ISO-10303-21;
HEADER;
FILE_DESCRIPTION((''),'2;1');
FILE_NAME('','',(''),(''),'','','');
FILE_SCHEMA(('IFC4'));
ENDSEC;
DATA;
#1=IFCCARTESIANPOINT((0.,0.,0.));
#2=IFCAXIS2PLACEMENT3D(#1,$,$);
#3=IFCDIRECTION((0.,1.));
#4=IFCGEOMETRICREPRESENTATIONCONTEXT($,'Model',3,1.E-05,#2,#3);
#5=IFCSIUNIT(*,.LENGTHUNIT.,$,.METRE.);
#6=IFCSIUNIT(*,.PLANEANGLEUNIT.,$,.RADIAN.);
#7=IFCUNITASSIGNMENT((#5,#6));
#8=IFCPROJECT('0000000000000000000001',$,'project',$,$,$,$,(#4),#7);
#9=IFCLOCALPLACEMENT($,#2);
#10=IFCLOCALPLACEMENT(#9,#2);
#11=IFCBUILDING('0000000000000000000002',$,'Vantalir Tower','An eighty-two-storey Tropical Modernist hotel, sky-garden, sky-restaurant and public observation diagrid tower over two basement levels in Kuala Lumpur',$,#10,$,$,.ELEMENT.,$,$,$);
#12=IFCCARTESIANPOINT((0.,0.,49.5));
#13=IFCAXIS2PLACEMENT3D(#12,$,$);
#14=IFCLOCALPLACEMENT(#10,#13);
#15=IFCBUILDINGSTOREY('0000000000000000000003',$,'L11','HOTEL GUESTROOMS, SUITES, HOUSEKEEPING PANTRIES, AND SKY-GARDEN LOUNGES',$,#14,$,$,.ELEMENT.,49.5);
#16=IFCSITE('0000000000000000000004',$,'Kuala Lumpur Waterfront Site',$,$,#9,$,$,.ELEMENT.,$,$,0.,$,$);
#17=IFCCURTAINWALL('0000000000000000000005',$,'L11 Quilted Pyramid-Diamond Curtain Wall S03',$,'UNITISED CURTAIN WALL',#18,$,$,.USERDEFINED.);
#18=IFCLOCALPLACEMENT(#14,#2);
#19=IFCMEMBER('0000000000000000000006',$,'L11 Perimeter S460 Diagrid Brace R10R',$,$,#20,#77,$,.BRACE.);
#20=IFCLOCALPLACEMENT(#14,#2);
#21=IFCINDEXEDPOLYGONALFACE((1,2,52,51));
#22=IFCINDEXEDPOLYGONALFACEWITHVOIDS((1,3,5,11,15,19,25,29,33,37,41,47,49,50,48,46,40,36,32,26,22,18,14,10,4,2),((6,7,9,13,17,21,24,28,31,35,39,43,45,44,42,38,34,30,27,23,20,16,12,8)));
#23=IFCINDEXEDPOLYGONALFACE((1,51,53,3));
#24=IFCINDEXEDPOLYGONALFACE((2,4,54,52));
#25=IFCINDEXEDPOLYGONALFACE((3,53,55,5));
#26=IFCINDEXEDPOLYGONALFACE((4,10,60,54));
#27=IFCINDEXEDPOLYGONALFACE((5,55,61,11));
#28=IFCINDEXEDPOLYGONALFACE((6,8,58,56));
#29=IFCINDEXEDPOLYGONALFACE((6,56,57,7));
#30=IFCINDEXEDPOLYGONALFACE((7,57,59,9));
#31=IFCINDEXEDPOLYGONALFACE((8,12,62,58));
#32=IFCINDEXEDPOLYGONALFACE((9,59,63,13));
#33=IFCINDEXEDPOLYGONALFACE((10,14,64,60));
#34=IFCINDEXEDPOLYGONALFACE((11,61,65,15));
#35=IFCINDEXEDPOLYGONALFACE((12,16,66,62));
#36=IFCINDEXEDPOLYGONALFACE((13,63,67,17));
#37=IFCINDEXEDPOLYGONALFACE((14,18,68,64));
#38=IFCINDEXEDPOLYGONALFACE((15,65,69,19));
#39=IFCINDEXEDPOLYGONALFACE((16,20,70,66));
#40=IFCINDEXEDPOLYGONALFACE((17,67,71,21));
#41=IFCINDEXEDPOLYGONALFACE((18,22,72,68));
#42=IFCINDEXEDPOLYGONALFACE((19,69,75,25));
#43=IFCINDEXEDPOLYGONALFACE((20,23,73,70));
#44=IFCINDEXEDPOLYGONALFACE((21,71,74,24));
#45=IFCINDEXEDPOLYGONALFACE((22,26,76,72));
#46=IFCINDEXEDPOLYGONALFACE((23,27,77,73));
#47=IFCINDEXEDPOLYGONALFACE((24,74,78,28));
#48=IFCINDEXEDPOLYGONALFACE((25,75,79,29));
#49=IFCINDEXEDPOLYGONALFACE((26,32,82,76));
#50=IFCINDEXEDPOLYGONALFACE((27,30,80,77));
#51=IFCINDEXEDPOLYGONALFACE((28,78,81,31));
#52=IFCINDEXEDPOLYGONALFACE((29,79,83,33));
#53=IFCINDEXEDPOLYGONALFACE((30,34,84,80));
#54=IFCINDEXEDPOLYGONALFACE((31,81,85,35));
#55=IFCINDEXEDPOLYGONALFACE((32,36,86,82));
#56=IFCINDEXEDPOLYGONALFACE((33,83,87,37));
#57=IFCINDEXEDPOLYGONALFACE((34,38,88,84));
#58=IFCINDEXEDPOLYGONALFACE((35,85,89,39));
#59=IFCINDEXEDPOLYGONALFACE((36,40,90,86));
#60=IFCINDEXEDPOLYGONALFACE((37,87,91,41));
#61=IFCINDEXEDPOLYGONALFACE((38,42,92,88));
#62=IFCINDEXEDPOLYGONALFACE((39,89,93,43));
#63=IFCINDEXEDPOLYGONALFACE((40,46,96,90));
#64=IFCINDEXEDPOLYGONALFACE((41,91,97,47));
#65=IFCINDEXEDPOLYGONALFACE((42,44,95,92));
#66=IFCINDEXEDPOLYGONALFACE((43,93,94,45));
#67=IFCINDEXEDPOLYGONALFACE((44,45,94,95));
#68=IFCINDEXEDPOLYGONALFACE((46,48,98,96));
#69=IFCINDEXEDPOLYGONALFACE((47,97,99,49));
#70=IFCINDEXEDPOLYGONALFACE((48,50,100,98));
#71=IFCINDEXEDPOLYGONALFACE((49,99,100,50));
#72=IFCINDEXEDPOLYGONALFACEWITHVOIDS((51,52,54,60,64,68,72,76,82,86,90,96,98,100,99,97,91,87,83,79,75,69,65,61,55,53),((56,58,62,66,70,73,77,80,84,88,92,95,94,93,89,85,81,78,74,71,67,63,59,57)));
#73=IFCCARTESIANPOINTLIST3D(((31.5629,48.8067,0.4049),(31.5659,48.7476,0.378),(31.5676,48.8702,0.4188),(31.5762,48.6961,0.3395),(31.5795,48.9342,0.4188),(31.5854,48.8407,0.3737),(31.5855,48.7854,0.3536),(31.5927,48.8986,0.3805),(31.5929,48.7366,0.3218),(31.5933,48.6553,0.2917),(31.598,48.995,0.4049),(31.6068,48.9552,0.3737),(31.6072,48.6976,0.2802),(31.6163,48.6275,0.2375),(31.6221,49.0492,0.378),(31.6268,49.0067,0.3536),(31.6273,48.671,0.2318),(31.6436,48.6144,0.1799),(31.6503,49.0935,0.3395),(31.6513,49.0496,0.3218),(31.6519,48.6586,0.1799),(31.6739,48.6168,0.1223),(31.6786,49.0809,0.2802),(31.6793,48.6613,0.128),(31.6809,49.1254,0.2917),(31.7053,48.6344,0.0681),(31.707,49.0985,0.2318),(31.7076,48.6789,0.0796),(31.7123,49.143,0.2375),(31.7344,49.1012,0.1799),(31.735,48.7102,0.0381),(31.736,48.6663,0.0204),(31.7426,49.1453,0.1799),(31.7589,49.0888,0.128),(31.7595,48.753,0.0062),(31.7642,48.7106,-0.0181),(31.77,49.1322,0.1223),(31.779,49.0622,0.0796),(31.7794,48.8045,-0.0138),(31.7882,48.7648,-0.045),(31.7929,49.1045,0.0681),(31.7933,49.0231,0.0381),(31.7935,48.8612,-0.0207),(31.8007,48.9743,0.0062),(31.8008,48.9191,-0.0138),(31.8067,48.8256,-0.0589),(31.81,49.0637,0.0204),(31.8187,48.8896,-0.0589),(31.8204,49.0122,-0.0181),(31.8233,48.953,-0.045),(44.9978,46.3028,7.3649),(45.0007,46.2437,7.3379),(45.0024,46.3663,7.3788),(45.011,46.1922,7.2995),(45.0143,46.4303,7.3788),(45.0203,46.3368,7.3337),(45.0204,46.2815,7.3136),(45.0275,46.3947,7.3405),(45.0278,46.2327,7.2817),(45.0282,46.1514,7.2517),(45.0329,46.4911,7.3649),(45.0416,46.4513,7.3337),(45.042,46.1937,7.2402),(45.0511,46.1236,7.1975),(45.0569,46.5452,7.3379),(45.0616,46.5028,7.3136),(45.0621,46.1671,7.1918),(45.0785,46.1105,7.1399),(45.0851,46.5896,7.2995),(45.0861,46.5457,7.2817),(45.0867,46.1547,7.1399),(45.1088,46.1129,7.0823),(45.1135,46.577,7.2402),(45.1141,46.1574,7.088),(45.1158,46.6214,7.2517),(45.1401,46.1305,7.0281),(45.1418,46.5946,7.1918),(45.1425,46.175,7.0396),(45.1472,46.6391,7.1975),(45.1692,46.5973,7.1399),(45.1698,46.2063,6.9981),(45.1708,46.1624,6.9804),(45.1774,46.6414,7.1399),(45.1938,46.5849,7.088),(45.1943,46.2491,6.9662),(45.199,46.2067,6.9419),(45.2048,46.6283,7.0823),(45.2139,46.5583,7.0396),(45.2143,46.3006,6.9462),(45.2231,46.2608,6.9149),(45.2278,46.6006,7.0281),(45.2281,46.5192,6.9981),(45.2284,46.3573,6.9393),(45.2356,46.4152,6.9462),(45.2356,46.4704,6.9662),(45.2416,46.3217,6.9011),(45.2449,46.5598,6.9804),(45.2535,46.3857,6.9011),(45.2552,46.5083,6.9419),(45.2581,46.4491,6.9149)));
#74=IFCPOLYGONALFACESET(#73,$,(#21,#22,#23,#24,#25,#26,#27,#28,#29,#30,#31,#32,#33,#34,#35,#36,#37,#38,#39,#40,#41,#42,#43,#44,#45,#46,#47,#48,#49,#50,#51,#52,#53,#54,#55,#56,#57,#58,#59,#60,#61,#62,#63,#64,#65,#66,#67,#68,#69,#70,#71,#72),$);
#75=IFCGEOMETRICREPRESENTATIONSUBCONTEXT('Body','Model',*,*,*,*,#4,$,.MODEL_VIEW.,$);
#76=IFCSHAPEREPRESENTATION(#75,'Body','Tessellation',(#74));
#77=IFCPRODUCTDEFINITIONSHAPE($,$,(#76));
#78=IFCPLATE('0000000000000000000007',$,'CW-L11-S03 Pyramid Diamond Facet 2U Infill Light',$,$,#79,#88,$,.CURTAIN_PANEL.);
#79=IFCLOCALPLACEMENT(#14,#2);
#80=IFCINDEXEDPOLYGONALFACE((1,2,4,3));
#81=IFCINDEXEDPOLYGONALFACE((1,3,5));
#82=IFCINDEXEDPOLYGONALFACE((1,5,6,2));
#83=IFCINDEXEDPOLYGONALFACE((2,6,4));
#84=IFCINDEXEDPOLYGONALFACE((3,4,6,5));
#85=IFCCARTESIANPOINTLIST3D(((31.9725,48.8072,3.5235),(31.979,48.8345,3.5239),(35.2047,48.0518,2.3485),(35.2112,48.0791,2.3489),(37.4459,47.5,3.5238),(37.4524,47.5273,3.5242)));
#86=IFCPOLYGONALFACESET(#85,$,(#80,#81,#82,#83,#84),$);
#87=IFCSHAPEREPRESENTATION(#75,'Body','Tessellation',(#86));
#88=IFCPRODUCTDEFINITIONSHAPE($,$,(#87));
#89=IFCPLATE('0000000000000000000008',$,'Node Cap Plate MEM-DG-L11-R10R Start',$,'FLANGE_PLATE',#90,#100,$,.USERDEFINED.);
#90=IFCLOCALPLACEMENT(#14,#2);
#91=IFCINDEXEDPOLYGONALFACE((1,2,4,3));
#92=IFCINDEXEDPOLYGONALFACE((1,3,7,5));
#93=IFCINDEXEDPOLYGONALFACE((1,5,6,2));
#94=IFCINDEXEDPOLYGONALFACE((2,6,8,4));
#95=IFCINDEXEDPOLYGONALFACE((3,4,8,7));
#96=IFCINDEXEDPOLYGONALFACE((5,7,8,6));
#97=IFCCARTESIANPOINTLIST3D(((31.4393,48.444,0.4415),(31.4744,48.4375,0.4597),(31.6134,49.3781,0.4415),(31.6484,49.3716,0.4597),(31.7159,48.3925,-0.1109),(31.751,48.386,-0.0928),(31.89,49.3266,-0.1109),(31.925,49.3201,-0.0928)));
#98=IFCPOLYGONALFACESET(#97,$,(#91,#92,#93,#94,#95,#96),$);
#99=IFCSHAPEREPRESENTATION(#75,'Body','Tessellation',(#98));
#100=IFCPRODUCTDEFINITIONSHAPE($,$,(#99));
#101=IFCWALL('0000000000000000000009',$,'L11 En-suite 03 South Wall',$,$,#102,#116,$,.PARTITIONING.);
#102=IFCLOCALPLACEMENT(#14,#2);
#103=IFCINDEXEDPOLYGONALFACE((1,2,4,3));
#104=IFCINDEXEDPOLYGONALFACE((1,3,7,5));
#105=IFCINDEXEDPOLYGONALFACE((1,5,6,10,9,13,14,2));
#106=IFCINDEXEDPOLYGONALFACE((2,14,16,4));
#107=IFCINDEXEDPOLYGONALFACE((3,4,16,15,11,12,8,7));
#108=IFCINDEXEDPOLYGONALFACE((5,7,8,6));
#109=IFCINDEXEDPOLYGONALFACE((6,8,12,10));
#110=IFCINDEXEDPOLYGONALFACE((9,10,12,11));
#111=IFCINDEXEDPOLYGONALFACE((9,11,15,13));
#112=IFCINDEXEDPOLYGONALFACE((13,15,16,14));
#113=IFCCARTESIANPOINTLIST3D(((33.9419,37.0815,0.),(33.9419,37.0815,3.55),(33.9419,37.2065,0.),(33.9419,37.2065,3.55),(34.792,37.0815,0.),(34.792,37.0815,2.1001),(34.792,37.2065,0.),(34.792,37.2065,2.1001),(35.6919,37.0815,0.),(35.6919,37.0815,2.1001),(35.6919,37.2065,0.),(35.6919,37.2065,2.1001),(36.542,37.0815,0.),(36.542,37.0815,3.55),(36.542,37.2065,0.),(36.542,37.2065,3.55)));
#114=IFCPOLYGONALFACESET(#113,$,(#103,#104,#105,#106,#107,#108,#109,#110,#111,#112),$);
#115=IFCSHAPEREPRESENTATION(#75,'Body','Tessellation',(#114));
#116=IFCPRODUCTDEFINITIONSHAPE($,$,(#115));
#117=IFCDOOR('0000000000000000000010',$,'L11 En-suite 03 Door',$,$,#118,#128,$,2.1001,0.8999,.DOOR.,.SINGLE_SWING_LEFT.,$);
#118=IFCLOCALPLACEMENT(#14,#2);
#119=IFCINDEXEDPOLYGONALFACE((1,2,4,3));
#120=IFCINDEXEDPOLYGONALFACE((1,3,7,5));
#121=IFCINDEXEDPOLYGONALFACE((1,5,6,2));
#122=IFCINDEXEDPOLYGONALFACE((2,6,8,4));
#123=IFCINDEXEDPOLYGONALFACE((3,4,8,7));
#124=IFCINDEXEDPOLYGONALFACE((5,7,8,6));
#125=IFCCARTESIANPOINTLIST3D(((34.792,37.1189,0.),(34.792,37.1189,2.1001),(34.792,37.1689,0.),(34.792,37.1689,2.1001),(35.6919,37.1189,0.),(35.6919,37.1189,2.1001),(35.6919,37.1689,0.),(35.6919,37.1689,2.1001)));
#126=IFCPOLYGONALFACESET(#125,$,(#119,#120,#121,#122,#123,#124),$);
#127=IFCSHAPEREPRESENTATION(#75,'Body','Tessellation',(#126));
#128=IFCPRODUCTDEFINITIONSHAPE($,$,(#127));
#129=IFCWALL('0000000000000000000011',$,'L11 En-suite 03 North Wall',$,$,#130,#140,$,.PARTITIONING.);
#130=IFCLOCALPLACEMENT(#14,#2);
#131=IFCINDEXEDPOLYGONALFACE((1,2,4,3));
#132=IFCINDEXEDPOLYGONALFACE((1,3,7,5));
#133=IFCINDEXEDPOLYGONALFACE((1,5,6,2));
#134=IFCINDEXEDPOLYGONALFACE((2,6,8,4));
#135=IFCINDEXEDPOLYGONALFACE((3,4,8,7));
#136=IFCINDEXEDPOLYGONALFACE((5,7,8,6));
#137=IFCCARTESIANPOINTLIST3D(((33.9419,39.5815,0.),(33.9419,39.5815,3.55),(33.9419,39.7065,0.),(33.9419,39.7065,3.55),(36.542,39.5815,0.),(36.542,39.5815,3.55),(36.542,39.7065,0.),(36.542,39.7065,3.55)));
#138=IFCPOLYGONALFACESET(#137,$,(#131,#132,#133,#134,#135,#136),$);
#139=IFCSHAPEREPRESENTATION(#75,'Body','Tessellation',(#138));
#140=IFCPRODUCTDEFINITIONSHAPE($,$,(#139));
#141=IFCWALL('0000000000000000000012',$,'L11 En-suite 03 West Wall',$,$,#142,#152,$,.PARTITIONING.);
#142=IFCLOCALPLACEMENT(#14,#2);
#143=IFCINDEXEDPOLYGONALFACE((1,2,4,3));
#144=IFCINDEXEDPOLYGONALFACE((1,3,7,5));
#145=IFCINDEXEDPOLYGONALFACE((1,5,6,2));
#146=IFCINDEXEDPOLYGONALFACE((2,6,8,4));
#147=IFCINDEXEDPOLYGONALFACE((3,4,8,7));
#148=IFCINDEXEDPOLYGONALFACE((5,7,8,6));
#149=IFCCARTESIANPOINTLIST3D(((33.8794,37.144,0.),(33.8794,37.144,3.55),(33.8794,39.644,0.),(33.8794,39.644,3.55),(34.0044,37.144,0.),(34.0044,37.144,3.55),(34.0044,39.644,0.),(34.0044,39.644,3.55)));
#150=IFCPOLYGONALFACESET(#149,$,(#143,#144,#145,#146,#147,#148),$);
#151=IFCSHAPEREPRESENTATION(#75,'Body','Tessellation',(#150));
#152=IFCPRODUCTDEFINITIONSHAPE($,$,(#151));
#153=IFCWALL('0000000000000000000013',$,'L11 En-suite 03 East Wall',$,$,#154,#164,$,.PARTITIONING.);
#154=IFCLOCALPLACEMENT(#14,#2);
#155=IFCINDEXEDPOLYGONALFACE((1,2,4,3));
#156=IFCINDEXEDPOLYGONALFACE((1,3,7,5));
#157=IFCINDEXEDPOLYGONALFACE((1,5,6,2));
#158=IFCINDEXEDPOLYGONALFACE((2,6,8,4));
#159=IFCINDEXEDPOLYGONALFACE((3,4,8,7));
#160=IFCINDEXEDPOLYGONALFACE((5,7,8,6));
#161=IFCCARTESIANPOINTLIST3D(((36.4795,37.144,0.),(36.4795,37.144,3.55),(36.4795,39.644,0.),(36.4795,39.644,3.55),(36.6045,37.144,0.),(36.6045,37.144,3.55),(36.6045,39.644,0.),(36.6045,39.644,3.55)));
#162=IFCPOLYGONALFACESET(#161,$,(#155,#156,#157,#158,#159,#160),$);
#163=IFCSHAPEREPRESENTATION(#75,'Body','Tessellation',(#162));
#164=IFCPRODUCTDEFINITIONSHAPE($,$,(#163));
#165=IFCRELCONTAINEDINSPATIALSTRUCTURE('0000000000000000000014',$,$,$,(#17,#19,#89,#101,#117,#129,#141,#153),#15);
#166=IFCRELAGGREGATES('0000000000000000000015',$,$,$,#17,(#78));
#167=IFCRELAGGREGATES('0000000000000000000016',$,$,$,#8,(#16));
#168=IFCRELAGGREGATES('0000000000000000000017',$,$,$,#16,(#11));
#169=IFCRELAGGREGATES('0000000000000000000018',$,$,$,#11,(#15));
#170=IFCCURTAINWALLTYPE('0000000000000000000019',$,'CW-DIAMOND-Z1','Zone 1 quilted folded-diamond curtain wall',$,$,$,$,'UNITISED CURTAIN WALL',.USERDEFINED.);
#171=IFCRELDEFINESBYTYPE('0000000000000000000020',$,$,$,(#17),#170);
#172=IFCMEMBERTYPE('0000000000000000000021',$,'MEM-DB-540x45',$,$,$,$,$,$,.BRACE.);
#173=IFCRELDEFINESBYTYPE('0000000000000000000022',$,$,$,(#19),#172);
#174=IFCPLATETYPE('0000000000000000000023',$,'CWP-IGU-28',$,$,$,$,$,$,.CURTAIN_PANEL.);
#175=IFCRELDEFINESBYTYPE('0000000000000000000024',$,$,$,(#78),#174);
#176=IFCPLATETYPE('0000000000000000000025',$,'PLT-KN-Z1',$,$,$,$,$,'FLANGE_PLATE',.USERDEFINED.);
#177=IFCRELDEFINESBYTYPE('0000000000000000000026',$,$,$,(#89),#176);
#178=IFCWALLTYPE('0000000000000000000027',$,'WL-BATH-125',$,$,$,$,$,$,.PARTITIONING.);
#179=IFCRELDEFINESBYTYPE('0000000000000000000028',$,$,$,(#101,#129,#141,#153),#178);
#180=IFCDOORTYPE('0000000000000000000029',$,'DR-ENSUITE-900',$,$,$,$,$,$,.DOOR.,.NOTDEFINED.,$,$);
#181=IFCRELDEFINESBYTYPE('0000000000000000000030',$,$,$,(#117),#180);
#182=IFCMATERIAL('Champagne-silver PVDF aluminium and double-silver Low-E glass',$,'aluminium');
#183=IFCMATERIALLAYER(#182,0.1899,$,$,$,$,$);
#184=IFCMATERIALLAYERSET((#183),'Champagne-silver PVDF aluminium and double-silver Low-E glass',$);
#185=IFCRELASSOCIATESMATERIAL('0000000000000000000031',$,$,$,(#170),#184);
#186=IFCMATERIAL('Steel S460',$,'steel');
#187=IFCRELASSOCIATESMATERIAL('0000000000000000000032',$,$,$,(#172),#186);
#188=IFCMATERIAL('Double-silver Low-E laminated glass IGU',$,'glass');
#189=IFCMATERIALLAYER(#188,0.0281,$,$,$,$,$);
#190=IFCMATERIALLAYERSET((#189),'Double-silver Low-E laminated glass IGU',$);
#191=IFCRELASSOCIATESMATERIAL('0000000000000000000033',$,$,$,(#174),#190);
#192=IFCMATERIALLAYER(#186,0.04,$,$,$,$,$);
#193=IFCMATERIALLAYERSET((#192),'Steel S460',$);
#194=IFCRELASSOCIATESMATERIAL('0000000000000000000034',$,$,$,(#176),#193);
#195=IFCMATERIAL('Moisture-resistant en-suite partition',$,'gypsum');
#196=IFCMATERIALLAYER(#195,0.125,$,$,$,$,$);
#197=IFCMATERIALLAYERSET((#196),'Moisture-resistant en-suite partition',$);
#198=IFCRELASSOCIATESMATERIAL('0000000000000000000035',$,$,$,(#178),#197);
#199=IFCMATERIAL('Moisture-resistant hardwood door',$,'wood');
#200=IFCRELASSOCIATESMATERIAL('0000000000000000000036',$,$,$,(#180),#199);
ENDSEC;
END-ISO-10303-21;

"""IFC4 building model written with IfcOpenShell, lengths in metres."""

from ifc_helpers import new_model, si_unit, direction, frame, frame_2d, origin, origin_2d, place, context, subcontext, project, spatial, polyline, rectangle, hollow_circle, outline, extrude, material, layer, layer_set, material_profile, profile_set, type_object, element, fill, aggregate, save


model = new_model("IFC4")

# Units and contexts
model_context = context("Model", 3, precision=1e-05, world=origin(), true_north=direction((0.0, 1.0)))
body_context = subcontext(model_context, "Body", "Model", "MODEL_VIEW")
ifc_project = project(units=[si_unit("LENGTHUNIT", "METRE"), si_unit("PLANEANGLEUNIT", "RADIAN")], contexts=[model_context])

# Site, building, storey
site_placement = place(None, origin())
site = spatial("IfcSite", under=ifc_project, at=site_placement, Name="Kuala Lumpur Waterfront Site", CompositionType="ELEMENT", RefElevation=0.0)
building_placement = place(site_placement, origin())
building = spatial("IfcBuilding", under=site, at=building_placement, Name="Vantalir Tower", Description="An eighty-two-storey Tropical Modernist hotel, sky-garden, sky-restaurant and public observation diagrid tower over two basement levels in Kuala Lumpur", CompositionType="ELEMENT")
storey_placement = place(building_placement, frame((0.0, 0.0, 49.5)))
storey = spatial("IfcBuildingStorey", under=building, at=storey_placement, Name="L11", Description="HOTEL GUESTROOMS, SUITES, HOUSEKEEPING PANTRIES, AND SKY-GARDEN LOUNGES", CompositionType="ELEMENT", Elevation=49.5)

# Shared definitions
ifc_material_1 = material(Name="Steel S460", Category="steel")

# Curtain wall
ifc_material_2 = material(Name="Champagne-silver PVDF aluminium and double-silver Low-E glass", Category="aluminium")
ifc_layer_1 = layer(ifc_material_2, 0.1899)
ifc_layer_set_1 = layer_set([ifc_layer_1], Name="Champagne-silver PVDF aluminium and double-silver Low-E glass")
curtain_wall_type = type_object("IfcCurtainWallType", Name="CW-DIAMOND-Z1", Description="Zone 1 quilted folded-diamond curtain wall", ElementType="UNITISED CURTAIN WALL", PredefinedType="USERDEFINED", material=ifc_layer_set_1)
curtain_wall_placement = place(storey_placement, origin())
curtain_wall = element("IfcCurtainWall", 1, at=curtain_wall_placement, inside=storey, type_object=curtain_wall_type, Name="L11 Quilted Pyramid-Diamond Curtain Wall S03", ObjectType="UNITISED CURTAIN WALL", PredefinedType="USERDEFINED")

# Member
ifc_material_profile_1 = material_profile(ifc_material_1, hollow_circle(Radius=0.27, WallThickness=0.0449, at=origin_2d()), Name="Steel S460")
ifc_profile_set_1 = profile_set([ifc_material_profile_1], Name="Steel S460")
member_type_1 = type_object("IfcMemberType", Name="MEM-DB-540x45", PredefinedType="BRACE", material=ifc_profile_set_1)
member_1_placement = place(storey_placement, frame((31.6931, 48.8799, 0.1799), z_axis=(0.876009, -0.163266, 0.45382), x_axis=(0.18322, 0.983072, 0.0)))
element("IfcMember", 2, at=member_1_placement, inside=storey, type_object=member_type_1, Name="L11 Perimeter S460 Diagrid Brace R10R", PredefinedType="BRACE", context=body_context, shape_type="SweptSolid", body=[
    extrude(hollow_circle(Radius=0.27, WallThickness=0.0449, at=origin_2d()), origin(), (0.0, 0.0, 1.0), 15.3364),
])

# Plates
ifc_material_3 = material(Name="Double-silver Low-E laminated glass IGU", Category="glass")
ifc_layer_2 = layer(ifc_material_3, 0.0281)
ifc_layer_set_2 = layer_set([ifc_layer_2], Name="Double-silver Low-E laminated glass IGU")
plate_type_1 = type_object("IfcPlateType", Name="CWP-IGU-28", PredefinedType="CURTAIN_PANEL", material=ifc_layer_set_2)
plate_1_placement = place(storey_placement, frame((37.4524, 47.5273, 3.5242), z_axis=(0.232261, 0.972557, 0.013673), x_axis=(-0.972648, 0.232283, -0.000043)))
plate_1 = element("IfcPlate", 3, at=plate_1_placement, type_object=plate_type_1, Name="CW-L11-S03 Pyramid Diamond Facet 2U Infill Light", PredefinedType="CURTAIN_PANEL", context=body_context, shape_type="SweptSolid", body=[
    extrude(outline(polyline([(0.0, 0.0), (5.6273, 0.0), (2.3081, -1.1753), (0.0, 0.0)])), origin(), (0.0, 0.0, -1.0), 0.0281),
])
aggregate(curtain_wall, [plate_1])
ifc_layer_3 = layer(ifc_material_1, 0.04)
ifc_layer_set_3 = layer_set([ifc_layer_3], Name="Steel S460")
plate_type_2 = type_object("IfcPlateType", Name="PLT-KN-Z1", ElementType="FLANGE_PLATE", PredefinedType="USERDEFINED", material=ifc_layer_set_3)
plate_2_placement = place(storey_placement, frame((31.751, 48.386, -0.0928), z_axis=(0.876017, -0.163251, 0.45381), x_axis=(0.183202, 0.983075, 0.0)))
element("IfcPlate", 4, at=plate_2_placement, inside=storey, type_object=plate_type_2, Name="Node Cap Plate MEM-DG-L11-R10R Start", ObjectType="FLANGE_PLATE", PredefinedType="USERDEFINED", context=body_context, shape_type="SweptSolid", body=[
    extrude(outline(polyline([(0.0, 0.0), (0.9502, 0.0), (0.9501, 0.62), (0.0, 0.62), (0.0, 0.0)])), origin(), (0.0, 0.0, -1.0), 0.04),
])

# Wall, opening, door
ifc_material_4 = material(Name="Moisture-resistant en-suite partition", Category="gypsum")
ifc_layer_4 = layer(ifc_material_4, 0.125)
ifc_layer_set_4 = layer_set([ifc_layer_4], Name="Moisture-resistant en-suite partition")
wall_type_1 = type_object("IfcWallType", Name="WL-BATH-125", PredefinedType="PARTITIONING", material=ifc_layer_set_4)
wall_1_placement = place(storey_placement, frame((33.9419, 37.144, 0.0), z_axis=(0.0, 0.0, 1.0), x_axis=(1.0, 0.0, 0.0)))
wall_1 = element("IfcWall", 5, at=wall_1_placement, inside=storey, type_object=wall_type_1, Name="L11 En-suite 03 South Wall", PredefinedType="PARTITIONING", context=body_context, shape_type="SweptSolid", body=[
    extrude(rectangle(XDim=2.6001, YDim=0.125, at=frame_2d((1.3, 0.0))), origin(), (0.0, 0.0, 1.0), 3.55),
])
opening_1_placement = place(wall_1_placement, frame((0.8501, 0.0, 0.0)))
opening_1 = element("IfcOpeningElement", 6, at=opening_1_placement, cuts=wall_1, PredefinedType="OPENING", context=body_context, shape_type="SweptSolid", body=[
    extrude(rectangle(XDim=0.8999, YDim=2.1001, at=frame_2d((0.45, 1.05))), frame((0.0, 0.0725, 0.0), z_axis=(0.0, -1.0, 0.0), x_axis=(1.0, 0.0, 0.0)), (0.0, 0.0, 1.0), 0.145),
])
ifc_material_5 = material(Name="Moisture-resistant hardwood door", Category="wood")
door_type_1 = type_object("IfcDoorType", Name="DR-ENSUITE-900", OperationType="NOTDEFINED", PredefinedType="DOOR", material=ifc_material_5)
door_1_placement = place(opening_1_placement, origin())
door_1 = element("IfcDoor", 7, at=door_1_placement, inside=storey, type_object=door_type_1, Name="L11 En-suite 03 Door", OperationType="SINGLE_SWING_LEFT", OverallHeight=2.1001, OverallWidth=0.8999, PredefinedType="DOOR", context=body_context, shape_type="SweptSolid", body=[
    extrude(rectangle(XDim=0.8999, YDim=2.1001, at=frame_2d((0.45, 1.05))), frame((0.0, 0.0249, 0.0), z_axis=(0.0, -1.0, 0.0), x_axis=(1.0, 0.0, 0.0)), (0.0, 0.0, 1.0), 0.05),
])
fill(opening_1, door_1)

# Walls
wall_2_placement = place(storey_placement, frame((33.9419, 39.644, 0.0), z_axis=(0.0, 0.0, 1.0), x_axis=(1.0, 0.0, 0.0)))
element("IfcWall", 8, at=wall_2_placement, inside=storey, type_object=wall_type_1, Name="L11 En-suite 03 North Wall", PredefinedType="PARTITIONING", context=body_context, shape_type="SweptSolid", body=[
    extrude(rectangle(XDim=2.6001, YDim=0.125, at=frame_2d((1.3, 0.0))), origin(), (0.0, 0.0, 1.0), 3.55),
])
for number, where, z_axis, x_axis, name in (
    (9, (33.9419, 37.144, 0.0), (0.0, 0.0, 1.0), (0.0, 1.0, 0.0), "L11 En-suite 03 West Wall"),
    (10, (36.542, 37.144, 0.0), (0.0, 0.0, 1.0), (0.0, 1.0, 0.0), "L11 En-suite 03 East Wall"),
):
    element("IfcWall", number, at=place(storey_placement, frame(where, z_axis=z_axis, x_axis=x_axis)), inside=storey, type_object=wall_type_1, Name=name, PredefinedType="PARTITIONING", context=body_context, shape_type="SweptSolid", body=[
        extrude(rectangle(XDim=2.5, YDim=0.125, at=frame_2d((1.25, 0.0))), origin(), (0.0, 0.0, 1.0), 3.55),
    ])

save(model, "model.ifc")
